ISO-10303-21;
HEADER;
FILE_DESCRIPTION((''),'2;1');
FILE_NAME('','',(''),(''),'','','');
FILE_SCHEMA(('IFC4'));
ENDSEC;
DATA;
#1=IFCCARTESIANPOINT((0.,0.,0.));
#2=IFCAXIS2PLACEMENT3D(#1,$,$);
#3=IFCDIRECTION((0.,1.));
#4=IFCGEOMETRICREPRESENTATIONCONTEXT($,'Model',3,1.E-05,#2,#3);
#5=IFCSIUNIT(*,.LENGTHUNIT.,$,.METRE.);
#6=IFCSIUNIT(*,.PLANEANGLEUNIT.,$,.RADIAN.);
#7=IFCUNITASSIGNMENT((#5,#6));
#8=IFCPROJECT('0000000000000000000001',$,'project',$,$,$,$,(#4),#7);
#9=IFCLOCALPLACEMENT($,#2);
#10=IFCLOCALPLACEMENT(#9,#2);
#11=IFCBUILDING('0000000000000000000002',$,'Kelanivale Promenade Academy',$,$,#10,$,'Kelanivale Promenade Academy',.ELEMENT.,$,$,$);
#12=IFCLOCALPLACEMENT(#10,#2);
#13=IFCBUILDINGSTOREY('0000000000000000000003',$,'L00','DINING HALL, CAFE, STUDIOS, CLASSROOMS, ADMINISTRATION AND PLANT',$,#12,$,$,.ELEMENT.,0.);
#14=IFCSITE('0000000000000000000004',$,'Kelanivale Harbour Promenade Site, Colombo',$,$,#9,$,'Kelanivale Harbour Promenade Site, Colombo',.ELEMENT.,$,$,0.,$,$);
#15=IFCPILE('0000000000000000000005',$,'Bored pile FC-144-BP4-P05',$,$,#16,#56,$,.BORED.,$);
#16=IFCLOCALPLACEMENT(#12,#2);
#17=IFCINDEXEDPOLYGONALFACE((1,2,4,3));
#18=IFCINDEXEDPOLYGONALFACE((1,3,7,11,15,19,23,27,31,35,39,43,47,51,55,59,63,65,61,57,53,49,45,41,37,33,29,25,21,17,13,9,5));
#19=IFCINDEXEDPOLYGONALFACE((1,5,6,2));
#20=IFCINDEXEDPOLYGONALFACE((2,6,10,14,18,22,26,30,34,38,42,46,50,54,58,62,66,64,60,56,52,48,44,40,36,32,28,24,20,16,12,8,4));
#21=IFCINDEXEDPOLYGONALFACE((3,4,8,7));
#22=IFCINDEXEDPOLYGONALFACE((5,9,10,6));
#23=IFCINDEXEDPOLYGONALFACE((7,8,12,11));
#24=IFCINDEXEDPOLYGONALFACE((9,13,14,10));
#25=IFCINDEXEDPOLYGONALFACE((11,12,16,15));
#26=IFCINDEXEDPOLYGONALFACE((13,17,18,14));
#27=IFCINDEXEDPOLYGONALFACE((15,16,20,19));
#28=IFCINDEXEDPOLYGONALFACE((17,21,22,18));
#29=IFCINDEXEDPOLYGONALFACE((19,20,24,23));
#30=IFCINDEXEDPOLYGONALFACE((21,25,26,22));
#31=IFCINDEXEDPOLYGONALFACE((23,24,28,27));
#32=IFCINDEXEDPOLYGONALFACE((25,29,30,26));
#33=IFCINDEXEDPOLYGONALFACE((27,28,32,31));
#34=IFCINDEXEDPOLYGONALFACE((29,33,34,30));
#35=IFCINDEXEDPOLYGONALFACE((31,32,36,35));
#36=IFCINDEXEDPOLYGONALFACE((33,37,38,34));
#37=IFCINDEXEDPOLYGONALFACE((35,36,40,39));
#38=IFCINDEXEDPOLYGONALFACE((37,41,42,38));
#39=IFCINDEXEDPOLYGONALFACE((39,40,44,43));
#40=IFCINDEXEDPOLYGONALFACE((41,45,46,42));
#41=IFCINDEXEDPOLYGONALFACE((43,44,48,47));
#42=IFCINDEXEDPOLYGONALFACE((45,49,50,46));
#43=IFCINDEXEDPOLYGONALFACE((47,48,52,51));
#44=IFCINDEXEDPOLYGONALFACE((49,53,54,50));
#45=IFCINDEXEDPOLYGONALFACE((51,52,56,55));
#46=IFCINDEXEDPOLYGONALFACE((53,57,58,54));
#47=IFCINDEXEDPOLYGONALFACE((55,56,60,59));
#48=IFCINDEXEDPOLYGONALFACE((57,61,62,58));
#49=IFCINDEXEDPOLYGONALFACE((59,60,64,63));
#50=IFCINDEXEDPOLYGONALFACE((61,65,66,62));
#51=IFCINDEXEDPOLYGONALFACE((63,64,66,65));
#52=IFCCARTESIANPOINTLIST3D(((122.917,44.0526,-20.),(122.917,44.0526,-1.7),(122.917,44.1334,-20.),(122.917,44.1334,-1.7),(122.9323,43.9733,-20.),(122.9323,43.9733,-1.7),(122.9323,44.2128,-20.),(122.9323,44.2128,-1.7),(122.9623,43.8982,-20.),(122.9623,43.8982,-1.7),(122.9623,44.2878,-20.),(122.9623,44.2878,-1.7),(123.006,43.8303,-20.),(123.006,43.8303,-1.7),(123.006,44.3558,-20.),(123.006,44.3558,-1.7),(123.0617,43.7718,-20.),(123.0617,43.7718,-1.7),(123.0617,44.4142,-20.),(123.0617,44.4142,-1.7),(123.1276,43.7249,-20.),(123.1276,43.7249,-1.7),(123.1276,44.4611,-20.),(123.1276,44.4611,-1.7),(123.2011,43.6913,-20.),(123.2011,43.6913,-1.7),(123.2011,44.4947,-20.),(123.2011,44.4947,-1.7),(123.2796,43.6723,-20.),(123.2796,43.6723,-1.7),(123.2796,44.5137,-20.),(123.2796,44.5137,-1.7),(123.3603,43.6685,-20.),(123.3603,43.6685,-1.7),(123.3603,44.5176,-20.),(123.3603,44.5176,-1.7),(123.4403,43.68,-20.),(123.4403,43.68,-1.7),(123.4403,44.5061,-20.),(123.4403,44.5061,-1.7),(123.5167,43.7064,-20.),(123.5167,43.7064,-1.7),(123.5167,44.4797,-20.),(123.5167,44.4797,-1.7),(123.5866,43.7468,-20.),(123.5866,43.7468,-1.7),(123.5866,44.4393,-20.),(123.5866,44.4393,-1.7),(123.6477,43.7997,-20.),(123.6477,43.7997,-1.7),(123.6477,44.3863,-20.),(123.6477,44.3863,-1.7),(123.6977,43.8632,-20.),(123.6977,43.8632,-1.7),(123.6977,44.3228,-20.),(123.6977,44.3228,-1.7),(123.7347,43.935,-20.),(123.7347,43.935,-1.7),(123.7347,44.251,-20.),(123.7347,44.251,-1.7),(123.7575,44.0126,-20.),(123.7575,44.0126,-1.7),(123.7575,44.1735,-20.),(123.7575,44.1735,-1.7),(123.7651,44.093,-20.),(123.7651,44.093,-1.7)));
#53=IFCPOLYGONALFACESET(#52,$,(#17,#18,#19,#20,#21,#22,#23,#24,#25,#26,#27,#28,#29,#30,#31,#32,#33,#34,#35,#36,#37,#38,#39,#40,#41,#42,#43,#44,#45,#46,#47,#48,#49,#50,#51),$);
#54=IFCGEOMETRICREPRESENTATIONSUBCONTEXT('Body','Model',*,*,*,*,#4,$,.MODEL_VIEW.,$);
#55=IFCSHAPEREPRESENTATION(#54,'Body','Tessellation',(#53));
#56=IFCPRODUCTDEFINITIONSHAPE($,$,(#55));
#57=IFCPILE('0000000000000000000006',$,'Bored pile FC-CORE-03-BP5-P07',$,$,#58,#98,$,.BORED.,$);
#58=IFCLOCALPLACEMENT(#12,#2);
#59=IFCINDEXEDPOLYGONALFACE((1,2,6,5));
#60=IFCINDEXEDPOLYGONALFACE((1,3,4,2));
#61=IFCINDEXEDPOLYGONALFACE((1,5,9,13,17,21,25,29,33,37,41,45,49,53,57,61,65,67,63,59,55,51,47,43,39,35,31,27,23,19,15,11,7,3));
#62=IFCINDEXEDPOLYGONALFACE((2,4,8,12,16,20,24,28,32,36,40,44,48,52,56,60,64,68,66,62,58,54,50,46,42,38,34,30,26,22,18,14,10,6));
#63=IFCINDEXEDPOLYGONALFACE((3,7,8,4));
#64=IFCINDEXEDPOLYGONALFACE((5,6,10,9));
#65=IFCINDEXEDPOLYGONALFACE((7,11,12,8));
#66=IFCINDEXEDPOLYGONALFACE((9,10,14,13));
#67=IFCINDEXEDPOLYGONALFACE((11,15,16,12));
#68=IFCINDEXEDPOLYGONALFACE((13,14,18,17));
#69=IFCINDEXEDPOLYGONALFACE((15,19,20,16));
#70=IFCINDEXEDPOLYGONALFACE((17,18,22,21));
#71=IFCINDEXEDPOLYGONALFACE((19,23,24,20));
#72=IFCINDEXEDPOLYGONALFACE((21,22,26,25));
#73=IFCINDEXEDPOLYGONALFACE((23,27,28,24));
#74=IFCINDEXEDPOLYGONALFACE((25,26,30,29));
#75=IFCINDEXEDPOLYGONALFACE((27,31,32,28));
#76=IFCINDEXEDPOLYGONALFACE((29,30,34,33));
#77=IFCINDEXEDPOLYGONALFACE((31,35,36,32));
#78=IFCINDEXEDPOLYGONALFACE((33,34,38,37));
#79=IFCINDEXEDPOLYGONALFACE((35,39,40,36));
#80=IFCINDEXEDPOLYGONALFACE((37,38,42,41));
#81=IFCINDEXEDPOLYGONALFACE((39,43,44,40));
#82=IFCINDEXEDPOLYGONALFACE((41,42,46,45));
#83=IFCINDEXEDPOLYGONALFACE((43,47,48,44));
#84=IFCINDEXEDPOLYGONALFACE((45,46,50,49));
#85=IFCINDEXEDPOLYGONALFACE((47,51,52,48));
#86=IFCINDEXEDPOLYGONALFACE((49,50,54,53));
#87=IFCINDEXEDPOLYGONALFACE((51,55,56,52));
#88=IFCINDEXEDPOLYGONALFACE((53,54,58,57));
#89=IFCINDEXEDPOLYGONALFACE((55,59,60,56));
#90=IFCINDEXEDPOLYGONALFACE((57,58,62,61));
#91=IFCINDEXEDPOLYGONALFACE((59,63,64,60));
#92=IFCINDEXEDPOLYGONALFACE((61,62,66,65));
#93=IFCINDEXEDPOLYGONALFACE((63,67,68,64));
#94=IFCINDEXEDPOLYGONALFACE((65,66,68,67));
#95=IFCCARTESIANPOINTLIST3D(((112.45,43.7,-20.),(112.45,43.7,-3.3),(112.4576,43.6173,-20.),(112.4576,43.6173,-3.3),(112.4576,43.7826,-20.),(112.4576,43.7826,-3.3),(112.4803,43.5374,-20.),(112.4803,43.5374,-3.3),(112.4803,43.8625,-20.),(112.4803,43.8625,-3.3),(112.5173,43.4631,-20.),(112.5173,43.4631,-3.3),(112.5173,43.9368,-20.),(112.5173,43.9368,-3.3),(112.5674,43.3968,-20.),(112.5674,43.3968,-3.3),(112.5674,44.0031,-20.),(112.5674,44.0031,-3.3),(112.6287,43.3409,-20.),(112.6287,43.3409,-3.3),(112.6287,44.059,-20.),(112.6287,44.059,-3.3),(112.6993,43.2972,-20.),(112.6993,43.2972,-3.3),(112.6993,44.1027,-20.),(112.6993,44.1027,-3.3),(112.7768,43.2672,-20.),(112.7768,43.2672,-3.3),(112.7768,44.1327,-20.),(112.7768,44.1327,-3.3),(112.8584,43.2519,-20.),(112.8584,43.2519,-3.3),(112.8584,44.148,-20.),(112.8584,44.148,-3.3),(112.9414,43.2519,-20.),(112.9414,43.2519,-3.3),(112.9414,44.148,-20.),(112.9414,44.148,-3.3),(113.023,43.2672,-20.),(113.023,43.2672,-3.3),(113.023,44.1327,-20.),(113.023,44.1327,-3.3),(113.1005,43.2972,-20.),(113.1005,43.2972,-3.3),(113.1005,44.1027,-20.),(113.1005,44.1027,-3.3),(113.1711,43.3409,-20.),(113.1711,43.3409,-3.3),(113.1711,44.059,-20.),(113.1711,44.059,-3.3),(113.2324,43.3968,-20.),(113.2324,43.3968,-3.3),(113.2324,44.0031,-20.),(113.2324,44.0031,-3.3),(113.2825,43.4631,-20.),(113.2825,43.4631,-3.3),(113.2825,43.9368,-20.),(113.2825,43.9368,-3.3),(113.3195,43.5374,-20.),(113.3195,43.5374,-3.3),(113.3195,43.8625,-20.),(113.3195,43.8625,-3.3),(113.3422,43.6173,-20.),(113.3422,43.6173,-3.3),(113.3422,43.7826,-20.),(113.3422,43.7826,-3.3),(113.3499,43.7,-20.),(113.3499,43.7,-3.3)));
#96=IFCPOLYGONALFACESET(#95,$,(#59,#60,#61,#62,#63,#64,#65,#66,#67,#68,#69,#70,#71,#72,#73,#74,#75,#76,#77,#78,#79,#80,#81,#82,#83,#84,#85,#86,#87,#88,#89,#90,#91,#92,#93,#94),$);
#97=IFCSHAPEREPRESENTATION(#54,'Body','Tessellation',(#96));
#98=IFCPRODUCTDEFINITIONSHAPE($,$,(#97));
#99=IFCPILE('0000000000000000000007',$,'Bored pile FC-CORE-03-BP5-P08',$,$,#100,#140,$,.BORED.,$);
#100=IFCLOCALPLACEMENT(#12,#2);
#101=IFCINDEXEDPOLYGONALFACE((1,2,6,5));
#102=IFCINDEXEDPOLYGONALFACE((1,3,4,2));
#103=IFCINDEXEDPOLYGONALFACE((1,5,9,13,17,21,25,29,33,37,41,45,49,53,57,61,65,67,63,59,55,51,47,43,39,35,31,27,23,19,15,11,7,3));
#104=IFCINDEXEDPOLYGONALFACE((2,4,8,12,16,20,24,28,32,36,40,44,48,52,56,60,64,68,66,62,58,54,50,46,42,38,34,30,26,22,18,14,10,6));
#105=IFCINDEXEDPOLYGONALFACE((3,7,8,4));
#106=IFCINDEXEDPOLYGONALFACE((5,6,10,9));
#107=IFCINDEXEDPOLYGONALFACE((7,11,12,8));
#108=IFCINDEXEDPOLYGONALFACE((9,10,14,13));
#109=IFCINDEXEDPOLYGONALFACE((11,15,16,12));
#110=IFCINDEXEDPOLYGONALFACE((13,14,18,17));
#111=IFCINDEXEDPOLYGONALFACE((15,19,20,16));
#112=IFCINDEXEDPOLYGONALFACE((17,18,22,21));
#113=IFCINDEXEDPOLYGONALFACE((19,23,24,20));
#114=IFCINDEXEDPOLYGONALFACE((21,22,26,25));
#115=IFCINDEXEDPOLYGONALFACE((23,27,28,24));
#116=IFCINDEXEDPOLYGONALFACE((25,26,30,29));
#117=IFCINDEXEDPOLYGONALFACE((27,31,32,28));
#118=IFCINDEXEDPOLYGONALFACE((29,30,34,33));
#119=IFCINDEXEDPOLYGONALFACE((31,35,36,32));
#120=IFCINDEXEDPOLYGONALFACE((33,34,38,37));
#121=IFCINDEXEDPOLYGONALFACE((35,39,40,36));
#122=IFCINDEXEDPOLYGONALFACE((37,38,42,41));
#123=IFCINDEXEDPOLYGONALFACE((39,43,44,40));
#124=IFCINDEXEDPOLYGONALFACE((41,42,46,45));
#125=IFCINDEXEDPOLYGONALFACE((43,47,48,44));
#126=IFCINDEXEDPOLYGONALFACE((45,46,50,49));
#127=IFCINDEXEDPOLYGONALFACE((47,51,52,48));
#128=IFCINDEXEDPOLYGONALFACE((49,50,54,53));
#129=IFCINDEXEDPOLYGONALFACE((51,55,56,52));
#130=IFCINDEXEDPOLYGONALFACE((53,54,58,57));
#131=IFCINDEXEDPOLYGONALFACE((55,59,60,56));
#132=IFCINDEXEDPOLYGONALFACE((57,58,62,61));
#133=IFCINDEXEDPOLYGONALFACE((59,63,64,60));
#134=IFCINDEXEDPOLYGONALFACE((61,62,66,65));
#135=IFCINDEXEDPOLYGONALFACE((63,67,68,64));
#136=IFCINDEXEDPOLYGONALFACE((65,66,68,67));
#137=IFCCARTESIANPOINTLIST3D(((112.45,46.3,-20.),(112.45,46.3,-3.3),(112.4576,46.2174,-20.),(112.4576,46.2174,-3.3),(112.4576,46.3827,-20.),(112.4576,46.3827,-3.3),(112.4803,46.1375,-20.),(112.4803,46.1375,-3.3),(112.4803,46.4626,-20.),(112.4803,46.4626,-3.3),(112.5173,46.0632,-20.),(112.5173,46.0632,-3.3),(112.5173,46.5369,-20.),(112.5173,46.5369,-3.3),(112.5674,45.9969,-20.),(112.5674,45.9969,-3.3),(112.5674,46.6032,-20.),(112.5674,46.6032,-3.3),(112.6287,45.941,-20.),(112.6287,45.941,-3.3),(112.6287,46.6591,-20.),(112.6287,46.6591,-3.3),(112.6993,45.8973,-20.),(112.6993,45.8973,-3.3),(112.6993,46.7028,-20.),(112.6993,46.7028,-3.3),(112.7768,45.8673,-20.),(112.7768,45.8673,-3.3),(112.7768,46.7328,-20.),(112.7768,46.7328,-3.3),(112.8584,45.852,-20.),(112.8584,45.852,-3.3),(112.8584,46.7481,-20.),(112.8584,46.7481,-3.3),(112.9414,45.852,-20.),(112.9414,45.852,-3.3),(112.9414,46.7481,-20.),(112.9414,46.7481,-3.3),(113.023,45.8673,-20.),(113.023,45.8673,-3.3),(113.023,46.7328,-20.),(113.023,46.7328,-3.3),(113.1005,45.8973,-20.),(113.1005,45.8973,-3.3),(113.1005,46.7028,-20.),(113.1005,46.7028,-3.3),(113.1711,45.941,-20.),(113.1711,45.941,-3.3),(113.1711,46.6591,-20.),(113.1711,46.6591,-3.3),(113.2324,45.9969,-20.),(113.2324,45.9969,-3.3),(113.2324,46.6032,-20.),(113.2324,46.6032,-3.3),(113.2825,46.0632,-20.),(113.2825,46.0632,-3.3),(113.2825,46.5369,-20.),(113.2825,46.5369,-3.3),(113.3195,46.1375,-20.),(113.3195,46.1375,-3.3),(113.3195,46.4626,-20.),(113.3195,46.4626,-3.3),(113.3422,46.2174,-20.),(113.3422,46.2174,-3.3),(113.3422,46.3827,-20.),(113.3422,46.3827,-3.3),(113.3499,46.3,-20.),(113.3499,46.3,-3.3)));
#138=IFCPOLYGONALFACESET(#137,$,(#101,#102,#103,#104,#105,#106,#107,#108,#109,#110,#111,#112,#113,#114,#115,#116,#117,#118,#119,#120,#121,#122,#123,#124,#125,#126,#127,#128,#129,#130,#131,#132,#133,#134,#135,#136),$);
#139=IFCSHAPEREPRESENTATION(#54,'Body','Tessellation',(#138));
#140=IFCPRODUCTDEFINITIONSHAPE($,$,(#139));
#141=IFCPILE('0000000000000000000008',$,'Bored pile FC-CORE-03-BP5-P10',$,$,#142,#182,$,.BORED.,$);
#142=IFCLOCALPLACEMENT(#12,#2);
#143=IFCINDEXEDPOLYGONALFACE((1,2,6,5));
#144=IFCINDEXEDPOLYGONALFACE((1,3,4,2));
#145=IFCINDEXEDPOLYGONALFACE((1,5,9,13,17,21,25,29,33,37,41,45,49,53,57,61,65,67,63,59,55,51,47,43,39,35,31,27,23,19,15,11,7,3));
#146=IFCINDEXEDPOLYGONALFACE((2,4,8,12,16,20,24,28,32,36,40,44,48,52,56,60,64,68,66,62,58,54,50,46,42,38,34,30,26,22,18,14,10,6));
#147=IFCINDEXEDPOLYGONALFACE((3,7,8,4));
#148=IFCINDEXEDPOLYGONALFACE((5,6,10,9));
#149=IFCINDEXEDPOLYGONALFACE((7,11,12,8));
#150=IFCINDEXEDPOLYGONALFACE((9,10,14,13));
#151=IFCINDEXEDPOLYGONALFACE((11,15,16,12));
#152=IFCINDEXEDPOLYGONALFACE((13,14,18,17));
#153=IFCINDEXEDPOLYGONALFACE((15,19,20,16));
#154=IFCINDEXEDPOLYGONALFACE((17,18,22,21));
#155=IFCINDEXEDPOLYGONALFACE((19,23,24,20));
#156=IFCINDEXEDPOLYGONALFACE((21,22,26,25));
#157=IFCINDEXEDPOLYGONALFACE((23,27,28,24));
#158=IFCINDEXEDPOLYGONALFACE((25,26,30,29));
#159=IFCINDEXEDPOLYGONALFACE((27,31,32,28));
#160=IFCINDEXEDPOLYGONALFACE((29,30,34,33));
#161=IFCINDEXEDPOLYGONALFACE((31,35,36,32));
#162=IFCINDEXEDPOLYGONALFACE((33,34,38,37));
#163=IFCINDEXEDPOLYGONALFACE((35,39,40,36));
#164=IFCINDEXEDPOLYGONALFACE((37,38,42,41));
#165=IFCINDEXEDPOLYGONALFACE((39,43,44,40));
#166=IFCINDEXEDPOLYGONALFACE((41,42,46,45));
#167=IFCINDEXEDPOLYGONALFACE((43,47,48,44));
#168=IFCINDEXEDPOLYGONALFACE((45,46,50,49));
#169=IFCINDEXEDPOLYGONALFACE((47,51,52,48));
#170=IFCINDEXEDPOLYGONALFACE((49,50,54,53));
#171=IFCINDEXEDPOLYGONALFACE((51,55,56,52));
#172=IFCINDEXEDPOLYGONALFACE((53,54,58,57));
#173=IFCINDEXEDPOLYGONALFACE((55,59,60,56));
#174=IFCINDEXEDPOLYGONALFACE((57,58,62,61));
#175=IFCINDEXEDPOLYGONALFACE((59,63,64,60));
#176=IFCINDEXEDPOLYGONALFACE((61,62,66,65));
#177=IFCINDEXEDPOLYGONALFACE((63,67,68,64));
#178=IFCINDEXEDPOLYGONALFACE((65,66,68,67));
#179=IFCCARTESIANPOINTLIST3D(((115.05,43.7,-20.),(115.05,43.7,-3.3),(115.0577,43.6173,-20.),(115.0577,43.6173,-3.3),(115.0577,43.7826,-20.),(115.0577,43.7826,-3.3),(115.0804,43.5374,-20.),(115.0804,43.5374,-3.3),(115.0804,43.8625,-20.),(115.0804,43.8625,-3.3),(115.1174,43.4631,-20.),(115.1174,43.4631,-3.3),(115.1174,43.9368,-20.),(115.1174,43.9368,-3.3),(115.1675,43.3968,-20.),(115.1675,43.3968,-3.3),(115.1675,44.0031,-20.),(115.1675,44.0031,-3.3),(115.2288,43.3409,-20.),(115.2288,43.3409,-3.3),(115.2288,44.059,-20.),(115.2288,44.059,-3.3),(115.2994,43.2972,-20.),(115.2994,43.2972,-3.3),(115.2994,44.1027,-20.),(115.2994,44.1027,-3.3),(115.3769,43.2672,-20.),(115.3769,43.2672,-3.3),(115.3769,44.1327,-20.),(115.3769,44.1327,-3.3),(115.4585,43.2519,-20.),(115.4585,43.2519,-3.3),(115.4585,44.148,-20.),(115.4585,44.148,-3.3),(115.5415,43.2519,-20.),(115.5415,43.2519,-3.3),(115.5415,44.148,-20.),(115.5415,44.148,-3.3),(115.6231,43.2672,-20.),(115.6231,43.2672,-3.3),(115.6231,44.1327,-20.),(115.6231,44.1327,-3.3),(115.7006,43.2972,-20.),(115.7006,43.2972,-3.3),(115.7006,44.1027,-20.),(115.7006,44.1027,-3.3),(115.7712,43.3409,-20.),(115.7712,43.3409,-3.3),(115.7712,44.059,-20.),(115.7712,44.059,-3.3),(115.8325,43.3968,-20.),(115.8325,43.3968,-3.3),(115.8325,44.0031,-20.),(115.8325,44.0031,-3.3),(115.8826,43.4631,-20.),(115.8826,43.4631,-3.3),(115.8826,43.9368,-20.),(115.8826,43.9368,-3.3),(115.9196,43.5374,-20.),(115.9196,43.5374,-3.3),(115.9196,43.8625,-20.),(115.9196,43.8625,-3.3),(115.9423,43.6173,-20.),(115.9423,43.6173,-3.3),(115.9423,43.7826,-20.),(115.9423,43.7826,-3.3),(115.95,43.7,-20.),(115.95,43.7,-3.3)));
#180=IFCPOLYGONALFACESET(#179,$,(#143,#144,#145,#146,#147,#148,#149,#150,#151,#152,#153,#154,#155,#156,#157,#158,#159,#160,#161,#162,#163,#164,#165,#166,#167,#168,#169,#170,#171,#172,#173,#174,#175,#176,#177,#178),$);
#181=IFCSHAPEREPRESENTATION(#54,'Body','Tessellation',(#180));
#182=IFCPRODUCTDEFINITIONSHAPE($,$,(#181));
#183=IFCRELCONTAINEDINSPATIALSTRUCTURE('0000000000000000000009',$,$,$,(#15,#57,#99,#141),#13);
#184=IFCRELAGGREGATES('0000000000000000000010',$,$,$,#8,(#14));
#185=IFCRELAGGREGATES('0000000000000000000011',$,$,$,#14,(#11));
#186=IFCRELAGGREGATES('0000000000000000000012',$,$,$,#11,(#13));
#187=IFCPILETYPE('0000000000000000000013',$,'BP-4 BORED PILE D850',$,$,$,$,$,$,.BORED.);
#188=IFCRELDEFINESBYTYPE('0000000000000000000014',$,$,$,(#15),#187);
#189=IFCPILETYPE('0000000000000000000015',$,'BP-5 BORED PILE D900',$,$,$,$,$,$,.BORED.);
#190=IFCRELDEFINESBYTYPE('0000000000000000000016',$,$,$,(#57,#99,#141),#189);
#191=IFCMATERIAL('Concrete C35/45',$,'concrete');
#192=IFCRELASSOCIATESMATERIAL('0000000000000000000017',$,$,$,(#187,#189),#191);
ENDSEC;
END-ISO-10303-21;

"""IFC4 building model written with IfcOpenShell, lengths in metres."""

from ifc_helpers import new_model, si_unit, direction, frame, origin, origin_2d, place, context, subcontext, project, spatial, circle, extrude, material, material_profile, profile_set, type_object, element, save


model = new_model("IFC4")

# Units and contexts
model_context = context("Model", 3, precision=1e-05, world=origin(), true_north=direction((0.0, 1.0)))
body_context = subcontext(model_context, "Body", "Model", "MODEL_VIEW")
ifc_project = project(units=[si_unit("LENGTHUNIT", "METRE"), si_unit("PLANEANGLEUNIT", "RADIAN")], contexts=[model_context])

# Site, building, storey
site_placement = place(None, origin())
site = spatial("IfcSite", under=ifc_project, at=site_placement, Name="Kelanivale Harbour Promenade Site, Colombo", LongName="Kelanivale Harbour Promenade Site, Colombo", CompositionType="ELEMENT", RefElevation=0.0)
building_placement = place(site_placement, origin())
building = spatial("IfcBuilding", under=site, at=building_placement, Name="Kelanivale Promenade Academy", LongName="Kelanivale Promenade Academy", CompositionType="ELEMENT")
storey_placement = place(building_placement, origin())
storey = spatial("IfcBuildingStorey", under=building, at=storey_placement, Name="L00", Description="DINING HALL, CAFE, STUDIOS, CLASSROOMS, ADMINISTRATION AND PLANT", CompositionType="ELEMENT", Elevation=0.0)

# Piles
ifc_material_1 = material(Name="Concrete C35/45", Category="concrete")
ifc_material_profile_1 = material_profile(ifc_material_1, circle(Radius=0.425, at=origin_2d()), Name="BORED PILE D850")
ifc_profile_set_1 = profile_set([ifc_material_profile_1], Name="Concrete C35/45")
pile_type_1 = type_object("IfcPileType", Name="BP-4 BORED PILE D850", PredefinedType="BORED", material=ifc_profile_set_1)
for number, where, z_axis, x_axis, name in (
    (1, (123.3401, 44.093, -1.7), (0.0, 0.0, -1.0), (1.0, 0.0, 0.0), "Bored pile FC-144-BP4-P05"),
):
    element("IfcPile", number, at=place(storey_placement, frame(where, z_axis=z_axis, x_axis=x_axis)), inside=storey, type_object=pile_type_1, Name=name, PredefinedType="BORED", context=body_context, shape_type="SweptSolid", body=[
        extrude(circle(Radius=0.425, at=origin_2d()), origin(), (0.0, 0.0, 1.0), 18.3),
    ])
ifc_material_profile_2 = material_profile(ifc_material_1, circle(Radius=0.45, at=origin_2d()), Name="BORED PILE D900")
ifc_profile_set_2 = profile_set([ifc_material_profile_2], Name="Concrete C35/45")
pile_type_2 = type_object("IfcPileType", Name="BP-5 BORED PILE D900", PredefinedType="BORED", material=ifc_profile_set_2)
for number, where, z_axis, x_axis, name in (
    (2, (112.8999, 43.7, -3.3), (0.0, 0.0, -1.0), (1.0, 0.0, 0.0), "Bored pile FC-CORE-03-BP5-P07"),
    (3, (112.8999, 46.3, -3.3), (0.0, 0.0, -1.0), (1.0, 0.0, 0.0), "Bored pile FC-CORE-03-BP5-P08"),
    (4, (115.5, 43.7, -3.3), (0.0, 0.0, -1.0), (1.0, 0.0, 0.0), "Bored pile FC-CORE-03-BP5-P10"),
):
    element("IfcPile", number, at=place(storey_placement, frame(where, z_axis=z_axis, x_axis=x_axis)), inside=storey, type_object=pile_type_2, Name=name, PredefinedType="BORED", context=body_context, shape_type="SweptSolid", body=[
        extrude(circle(Radius=0.45, at=origin_2d()), origin(), (0.0, 0.0, 1.0), 16.7),
    ])

save(model, "model.ifc")
